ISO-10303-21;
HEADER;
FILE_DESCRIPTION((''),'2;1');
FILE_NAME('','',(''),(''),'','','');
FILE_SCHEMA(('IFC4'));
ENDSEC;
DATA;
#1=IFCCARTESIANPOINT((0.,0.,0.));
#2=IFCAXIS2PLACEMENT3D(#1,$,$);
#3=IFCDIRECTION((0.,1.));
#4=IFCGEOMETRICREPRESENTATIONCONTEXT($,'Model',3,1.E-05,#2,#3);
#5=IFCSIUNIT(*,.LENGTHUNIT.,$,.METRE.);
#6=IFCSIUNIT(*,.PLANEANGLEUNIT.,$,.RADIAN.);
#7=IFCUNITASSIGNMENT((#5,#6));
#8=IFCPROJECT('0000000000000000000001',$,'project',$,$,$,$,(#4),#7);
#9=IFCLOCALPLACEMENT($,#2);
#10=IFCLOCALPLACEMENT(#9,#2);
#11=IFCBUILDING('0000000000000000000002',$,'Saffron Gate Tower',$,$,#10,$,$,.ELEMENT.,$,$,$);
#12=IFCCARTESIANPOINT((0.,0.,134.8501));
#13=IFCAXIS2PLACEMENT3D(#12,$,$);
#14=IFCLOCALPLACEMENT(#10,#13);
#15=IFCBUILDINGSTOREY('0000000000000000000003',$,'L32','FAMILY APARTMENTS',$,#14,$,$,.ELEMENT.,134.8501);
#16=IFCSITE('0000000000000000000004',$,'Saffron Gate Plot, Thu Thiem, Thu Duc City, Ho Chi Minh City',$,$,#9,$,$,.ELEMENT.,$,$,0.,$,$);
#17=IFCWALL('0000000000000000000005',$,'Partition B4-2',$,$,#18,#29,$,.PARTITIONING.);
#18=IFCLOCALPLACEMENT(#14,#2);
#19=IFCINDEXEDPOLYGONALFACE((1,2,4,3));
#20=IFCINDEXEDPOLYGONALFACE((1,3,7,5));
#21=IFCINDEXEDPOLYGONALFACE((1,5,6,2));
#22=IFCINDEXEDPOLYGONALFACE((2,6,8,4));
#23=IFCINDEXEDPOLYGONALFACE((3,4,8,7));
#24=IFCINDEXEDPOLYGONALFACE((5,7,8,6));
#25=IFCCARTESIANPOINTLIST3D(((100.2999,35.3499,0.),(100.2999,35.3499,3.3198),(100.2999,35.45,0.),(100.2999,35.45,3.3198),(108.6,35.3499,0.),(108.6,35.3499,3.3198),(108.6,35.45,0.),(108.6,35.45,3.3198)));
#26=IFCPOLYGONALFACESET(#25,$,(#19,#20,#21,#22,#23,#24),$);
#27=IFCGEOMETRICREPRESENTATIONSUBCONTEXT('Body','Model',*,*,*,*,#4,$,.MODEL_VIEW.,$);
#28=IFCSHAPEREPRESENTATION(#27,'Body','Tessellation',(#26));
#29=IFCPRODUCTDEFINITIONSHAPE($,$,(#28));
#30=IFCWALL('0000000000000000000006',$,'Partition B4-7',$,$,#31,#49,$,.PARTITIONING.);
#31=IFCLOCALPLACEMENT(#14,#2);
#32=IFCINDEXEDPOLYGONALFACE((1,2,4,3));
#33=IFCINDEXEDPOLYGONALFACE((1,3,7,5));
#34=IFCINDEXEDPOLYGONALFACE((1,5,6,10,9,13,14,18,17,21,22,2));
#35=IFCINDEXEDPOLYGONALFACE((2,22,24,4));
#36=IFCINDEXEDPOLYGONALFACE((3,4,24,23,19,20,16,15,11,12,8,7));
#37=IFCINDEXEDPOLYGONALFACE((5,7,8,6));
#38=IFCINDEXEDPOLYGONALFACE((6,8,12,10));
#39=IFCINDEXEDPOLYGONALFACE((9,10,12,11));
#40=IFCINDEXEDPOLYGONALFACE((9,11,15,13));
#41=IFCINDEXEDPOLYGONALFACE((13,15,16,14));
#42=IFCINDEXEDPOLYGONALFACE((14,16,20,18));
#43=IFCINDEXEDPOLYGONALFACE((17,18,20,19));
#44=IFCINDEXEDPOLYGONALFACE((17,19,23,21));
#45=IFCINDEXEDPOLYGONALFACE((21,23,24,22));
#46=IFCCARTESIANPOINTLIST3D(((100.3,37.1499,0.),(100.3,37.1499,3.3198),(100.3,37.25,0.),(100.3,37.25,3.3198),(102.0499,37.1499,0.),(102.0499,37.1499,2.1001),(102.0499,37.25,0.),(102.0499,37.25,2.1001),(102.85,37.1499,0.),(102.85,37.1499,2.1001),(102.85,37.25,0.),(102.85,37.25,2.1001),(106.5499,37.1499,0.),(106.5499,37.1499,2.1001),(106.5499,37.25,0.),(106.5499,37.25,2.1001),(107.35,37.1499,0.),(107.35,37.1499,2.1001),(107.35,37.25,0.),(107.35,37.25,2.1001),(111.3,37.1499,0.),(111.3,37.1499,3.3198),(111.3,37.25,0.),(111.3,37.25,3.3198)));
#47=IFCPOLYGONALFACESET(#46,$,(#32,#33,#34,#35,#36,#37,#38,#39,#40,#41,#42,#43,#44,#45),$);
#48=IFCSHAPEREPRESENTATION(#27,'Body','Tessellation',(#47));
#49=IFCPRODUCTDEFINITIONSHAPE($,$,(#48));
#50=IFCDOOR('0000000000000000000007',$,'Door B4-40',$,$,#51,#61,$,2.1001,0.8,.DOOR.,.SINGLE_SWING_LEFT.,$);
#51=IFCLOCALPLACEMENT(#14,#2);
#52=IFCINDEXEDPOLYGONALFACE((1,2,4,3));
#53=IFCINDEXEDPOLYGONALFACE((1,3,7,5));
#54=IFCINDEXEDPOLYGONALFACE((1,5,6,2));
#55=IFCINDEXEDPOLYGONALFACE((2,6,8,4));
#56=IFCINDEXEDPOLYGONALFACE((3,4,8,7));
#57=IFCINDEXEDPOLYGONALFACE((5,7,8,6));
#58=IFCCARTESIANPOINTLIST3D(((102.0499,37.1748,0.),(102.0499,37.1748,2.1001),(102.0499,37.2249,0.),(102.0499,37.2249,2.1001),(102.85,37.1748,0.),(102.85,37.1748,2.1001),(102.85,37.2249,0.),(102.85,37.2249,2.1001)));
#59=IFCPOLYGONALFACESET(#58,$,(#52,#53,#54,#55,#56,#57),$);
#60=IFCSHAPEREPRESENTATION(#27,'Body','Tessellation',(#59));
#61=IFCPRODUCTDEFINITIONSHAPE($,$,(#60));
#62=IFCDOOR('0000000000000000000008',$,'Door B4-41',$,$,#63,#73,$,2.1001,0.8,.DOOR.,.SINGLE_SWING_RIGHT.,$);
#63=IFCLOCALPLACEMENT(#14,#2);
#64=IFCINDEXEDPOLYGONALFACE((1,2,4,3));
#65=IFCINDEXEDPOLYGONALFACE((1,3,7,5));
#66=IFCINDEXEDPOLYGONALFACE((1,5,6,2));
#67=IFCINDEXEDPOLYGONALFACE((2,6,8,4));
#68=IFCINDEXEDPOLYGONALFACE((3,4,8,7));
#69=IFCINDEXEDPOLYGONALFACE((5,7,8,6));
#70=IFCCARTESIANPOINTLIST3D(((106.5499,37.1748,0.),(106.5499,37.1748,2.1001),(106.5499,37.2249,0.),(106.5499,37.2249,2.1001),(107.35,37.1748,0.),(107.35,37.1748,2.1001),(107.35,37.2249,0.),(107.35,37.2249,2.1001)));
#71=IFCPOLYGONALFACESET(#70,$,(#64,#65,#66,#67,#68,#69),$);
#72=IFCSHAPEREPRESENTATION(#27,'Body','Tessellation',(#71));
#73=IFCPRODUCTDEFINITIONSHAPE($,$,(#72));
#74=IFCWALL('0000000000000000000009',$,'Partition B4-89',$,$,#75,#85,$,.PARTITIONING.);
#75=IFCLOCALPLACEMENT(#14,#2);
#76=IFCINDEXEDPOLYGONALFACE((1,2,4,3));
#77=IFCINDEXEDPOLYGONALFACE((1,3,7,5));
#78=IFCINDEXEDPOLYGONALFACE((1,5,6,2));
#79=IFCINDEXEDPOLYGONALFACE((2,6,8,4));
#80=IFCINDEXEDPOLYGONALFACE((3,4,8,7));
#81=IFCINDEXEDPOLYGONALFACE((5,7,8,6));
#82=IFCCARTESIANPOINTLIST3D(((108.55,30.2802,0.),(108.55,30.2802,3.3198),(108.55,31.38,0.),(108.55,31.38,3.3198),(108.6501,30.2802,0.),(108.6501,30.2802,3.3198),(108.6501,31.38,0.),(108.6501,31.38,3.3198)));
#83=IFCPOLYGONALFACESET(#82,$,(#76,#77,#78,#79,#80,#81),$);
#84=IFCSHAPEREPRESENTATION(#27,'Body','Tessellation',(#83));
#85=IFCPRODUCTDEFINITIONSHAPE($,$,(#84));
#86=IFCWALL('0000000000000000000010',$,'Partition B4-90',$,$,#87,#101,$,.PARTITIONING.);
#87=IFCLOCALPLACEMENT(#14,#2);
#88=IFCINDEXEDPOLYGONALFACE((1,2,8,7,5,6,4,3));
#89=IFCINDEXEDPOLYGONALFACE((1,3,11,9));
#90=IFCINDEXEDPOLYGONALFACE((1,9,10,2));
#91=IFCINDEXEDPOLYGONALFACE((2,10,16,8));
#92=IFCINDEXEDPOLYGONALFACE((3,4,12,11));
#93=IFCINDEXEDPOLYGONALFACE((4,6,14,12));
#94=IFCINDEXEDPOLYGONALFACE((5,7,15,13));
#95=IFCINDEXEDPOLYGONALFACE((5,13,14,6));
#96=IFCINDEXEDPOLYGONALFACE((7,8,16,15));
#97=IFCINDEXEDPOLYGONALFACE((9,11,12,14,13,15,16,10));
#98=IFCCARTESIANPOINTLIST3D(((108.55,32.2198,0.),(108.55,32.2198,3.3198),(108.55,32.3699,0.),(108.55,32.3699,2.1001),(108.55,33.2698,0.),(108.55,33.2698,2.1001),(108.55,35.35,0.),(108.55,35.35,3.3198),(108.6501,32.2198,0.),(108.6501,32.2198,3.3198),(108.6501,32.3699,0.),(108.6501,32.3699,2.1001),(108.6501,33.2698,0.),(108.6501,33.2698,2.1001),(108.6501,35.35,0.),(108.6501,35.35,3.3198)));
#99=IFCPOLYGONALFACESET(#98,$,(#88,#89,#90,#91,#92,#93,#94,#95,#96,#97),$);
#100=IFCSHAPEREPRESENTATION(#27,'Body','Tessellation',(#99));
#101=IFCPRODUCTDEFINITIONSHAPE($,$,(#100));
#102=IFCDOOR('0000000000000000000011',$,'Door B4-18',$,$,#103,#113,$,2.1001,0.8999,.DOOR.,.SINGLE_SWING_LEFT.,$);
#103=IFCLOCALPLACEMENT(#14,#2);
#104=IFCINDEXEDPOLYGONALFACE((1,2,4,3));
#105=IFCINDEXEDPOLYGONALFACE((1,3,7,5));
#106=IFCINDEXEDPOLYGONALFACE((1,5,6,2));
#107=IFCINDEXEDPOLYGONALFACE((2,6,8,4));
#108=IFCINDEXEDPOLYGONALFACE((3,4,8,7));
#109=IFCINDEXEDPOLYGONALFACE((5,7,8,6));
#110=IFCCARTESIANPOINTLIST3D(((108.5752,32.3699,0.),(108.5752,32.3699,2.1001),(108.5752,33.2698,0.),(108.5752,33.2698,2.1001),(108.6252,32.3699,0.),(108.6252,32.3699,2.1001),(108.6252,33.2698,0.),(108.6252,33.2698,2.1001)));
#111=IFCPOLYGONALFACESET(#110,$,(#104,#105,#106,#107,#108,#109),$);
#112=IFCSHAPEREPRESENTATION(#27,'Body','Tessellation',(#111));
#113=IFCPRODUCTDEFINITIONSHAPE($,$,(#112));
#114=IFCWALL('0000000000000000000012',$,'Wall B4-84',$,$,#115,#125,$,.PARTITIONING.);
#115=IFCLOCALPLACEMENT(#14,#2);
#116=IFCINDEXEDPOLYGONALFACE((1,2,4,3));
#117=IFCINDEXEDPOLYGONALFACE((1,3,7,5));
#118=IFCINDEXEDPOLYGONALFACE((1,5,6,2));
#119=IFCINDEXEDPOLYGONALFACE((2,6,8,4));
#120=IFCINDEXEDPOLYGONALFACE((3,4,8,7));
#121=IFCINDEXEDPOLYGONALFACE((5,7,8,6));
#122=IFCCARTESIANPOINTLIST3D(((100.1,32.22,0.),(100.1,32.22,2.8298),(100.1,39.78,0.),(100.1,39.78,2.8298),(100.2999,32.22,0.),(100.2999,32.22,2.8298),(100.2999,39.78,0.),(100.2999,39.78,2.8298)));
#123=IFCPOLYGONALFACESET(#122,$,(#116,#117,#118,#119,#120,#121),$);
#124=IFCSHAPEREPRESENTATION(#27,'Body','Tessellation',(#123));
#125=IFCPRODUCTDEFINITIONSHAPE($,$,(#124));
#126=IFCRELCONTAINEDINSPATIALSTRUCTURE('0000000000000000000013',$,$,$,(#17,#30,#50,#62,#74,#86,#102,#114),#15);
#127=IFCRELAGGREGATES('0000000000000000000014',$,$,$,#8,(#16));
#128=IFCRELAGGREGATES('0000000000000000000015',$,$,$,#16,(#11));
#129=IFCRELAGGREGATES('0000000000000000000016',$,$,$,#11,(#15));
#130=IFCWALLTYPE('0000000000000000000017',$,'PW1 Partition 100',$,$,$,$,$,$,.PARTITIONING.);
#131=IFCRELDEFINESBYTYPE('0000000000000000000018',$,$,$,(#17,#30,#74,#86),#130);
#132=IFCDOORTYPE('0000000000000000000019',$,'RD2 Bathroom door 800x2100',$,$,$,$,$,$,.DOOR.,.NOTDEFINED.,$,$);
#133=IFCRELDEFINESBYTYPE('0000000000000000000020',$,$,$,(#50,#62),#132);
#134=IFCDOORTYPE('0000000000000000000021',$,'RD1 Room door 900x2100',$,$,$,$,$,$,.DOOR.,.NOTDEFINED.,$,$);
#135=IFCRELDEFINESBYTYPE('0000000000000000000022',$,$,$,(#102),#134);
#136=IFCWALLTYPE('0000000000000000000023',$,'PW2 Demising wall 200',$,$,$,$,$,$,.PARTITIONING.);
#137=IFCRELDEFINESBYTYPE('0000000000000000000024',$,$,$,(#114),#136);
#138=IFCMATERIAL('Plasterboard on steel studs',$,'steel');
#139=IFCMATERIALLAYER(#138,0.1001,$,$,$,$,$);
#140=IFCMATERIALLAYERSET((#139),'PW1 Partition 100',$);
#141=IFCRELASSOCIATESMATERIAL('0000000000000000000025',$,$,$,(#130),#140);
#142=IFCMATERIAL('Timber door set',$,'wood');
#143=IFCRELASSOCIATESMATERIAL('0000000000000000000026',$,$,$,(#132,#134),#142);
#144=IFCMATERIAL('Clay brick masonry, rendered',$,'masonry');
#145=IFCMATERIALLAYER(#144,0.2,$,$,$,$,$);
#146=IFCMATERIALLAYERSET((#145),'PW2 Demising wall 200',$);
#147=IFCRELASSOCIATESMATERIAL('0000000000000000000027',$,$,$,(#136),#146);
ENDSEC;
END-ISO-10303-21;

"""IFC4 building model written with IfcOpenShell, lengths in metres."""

from ifc_helpers import new_model, si_unit, direction, frame, frame_2d, origin, place, context, subcontext, project, spatial, rectangle, extrude, material, layer, layer_set, type_object, element, fill, save


model = new_model("IFC4")

# Units and contexts
model_context = context("Model", 3, precision=1e-05, world=origin(), true_north=direction((0.0, 1.0)))
body_context = subcontext(model_context, "Body", "Model", "MODEL_VIEW")
ifc_project = project(units=[si_unit("LENGTHUNIT", "METRE"), si_unit("PLANEANGLEUNIT", "RADIAN")], contexts=[model_context])

# Site, building, storey
site_placement = place(None, origin())
site = spatial("IfcSite", under=ifc_project, at=site_placement, Name="Saffron Gate Plot, Thu Thiem, Thu Duc City, Ho Chi Minh City", CompositionType="ELEMENT", RefElevation=0.0)
building_placement = place(site_placement, origin())
building = spatial("IfcBuilding", under=site, at=building_placement, Name="Saffron Gate Tower", CompositionType="ELEMENT")
storey_placement = place(building_placement, frame((0.0, 0.0, 134.8501)))
storey = spatial("IfcBuildingStorey", under=building, at=storey_placement, Name="L32", Description="FAMILY APARTMENTS", CompositionType="ELEMENT", Elevation=134.8501)

# Wall
ifc_material_1 = material(Name="Plasterboard on steel studs", Category="steel")
ifc_layer_1 = layer(ifc_material_1, 0.1001)
ifc_layer_set_1 = layer_set([ifc_layer_1], Name="PW1 Partition 100")
wall_type_1 = type_object("IfcWallType", Name="PW1 Partition 100", PredefinedType="PARTITIONING", material=ifc_layer_set_1)
wall_1_placement = place(storey_placement, frame((100.3, 35.3999, 0.0), z_axis=(0.0, 0.0, 1.0), x_axis=(1.0, 0.0, 0.0)))
element("IfcWall", 1, at=wall_1_placement, inside=storey, type_object=wall_type_1, Name="Partition B4-2", PredefinedType="PARTITIONING", context=body_context, shape_type="SweptSolid", body=[
    extrude(rectangle(XDim=8.3, YDim=0.1001, at=frame_2d((4.1499, 0.0))), origin(), (0.0, 0.0, 1.0), 3.3198),
])

# Wall, openings, doors
wall_2_placement = place(storey_placement, frame((100.3, 37.2, 0.0), z_axis=(0.0, 0.0, 1.0), x_axis=(1.0, 0.0, 0.0)))
wall_2 = element("IfcWall", 2, at=wall_2_placement, inside=storey, type_object=wall_type_1, Name="Partition B4-7", PredefinedType="PARTITIONING", context=body_context, shape_type="SweptSolid", body=[
    extrude(rectangle(XDim=11.0, YDim=0.1001, at=frame_2d((5.5, 0.0))), origin(), (0.0, 0.0, 1.0), 3.3198),
])
opening_1_placement = place(wall_2_placement, frame((1.75, 0.0, 0.0)))
opening_1 = element("IfcOpeningElement", 3, at=opening_1_placement, cuts=wall_2, PredefinedType="OPENING", context=body_context, shape_type="SweptSolid", body=[
    extrude(rectangle(XDim=0.8, YDim=2.1001, at=frame_2d((0.3999, 1.05))), frame((0.0, 0.0601, 0.0), z_axis=(0.0, -1.0, 0.0), x_axis=(1.0, 0.0, 0.0)), (0.0, 0.0, 1.0), 0.1201),
])
opening_2_placement = place(wall_2_placement, frame((6.25, 0.0, 0.0)))
opening_2 = element("IfcOpeningElement", 4, at=opening_2_placement, cuts=wall_2, PredefinedType="OPENING", context=body_context, shape_type="SweptSolid", body=[
    extrude(rectangle(XDim=0.8, YDim=2.1001, at=frame_2d((0.3999, 1.05))), frame((0.0, 0.0601, 0.0), z_axis=(0.0, -1.0, 0.0), x_axis=(1.0, 0.0, 0.0)), (0.0, 0.0, 1.0), 0.1201),
])
ifc_material_2 = material(Name="Timber door set", Category="wood")
door_type_1 = type_object("IfcDoorType", Name="RD2 Bathroom door 800x2100", OperationType="NOTDEFINED", PredefinedType="DOOR", material=ifc_material_2)
door_1_placement = place(opening_1_placement, origin())
door_1 = element("IfcDoor", 5, at=door_1_placement, inside=storey, type_object=door_type_1, Name="Door B4-40", OperationType="SINGLE_SWING_LEFT", OverallHeight=2.1001, OverallWidth=0.8, PredefinedType="DOOR", context=body_context, shape_type="SweptSolid", body=[
    extrude(rectangle(XDim=0.8, YDim=2.1001, at=frame_2d((0.3999, 1.05))), frame((0.0, 0.0249, 0.0), z_axis=(0.0, -1.0, 0.0), x_axis=(1.0, 0.0, 0.0)), (0.0, 0.0, 1.0), 0.05),
])
fill(opening_1, door_1)
door_2_placement = place(opening_2_placement, origin())
door_2 = element("IfcDoor", 6, at=door_2_placement, inside=storey, type_object=door_type_1, Name="Door B4-41", OperationType="SINGLE_SWING_RIGHT", OverallHeight=2.1001, OverallWidth=0.8, PredefinedType="DOOR", context=body_context, shape_type="SweptSolid", body=[
    extrude(rectangle(XDim=0.8, YDim=2.1001, at=frame_2d((0.3999, 1.05))), frame((0.0, 0.0249, 0.0), z_axis=(0.0, -1.0, 0.0), x_axis=(1.0, 0.0, 0.0)), (0.0, 0.0, 1.0), 0.05),
])
fill(opening_2, door_2)

# Wall
wall_3_placement = place(storey_placement, frame((108.6001, 31.3799, 0.0), z_axis=(0.0, 0.0, 1.0), x_axis=(0.0, -1.0, 0.0)))
element("IfcWall", 7, at=wall_3_placement, inside=storey, type_object=wall_type_1, Name="Partition B4-89", PredefinedType="PARTITIONING", context=body_context, shape_type="SweptSolid", body=[
    extrude(rectangle(XDim=1.0999, YDim=0.1001, at=frame_2d((0.5498, 0.0))), origin(), (0.0, 0.0, 1.0), 3.3198),
])

# Wall, opening, door
wall_4_placement = place(storey_placement, frame((108.6001, 32.22, 0.0), z_axis=(0.0, 0.0, 1.0), x_axis=(0.0, 1.0, 0.0)))
wall_4 = element("IfcWall", 8, at=wall_4_placement, inside=storey, type_object=wall_type_1, Name="Partition B4-90", PredefinedType="PARTITIONING", context=body_context, shape_type="SweptSolid", body=[
    extrude(rectangle(XDim=3.1301, YDim=0.1001, at=frame_2d((1.5649, 0.0))), origin(), (0.0, 0.0, 1.0), 3.3198),
])
opening_3_placement = place(wall_4_placement, frame((0.1499, 0.0, 0.0)))
opening_3 = element("IfcOpeningElement", 9, at=opening_3_placement, cuts=wall_4, PredefinedType="OPENING", context=body_context, shape_type="SweptSolid", body=[
    extrude(rectangle(XDim=0.8999, YDim=2.1001, at=frame_2d((0.45, 1.05))), frame((0.0, 0.0601, 0.0), z_axis=(0.0, -1.0, 0.0), x_axis=(1.0, 0.0, 0.0)), (0.0, 0.0, 1.0), 0.1201),
])
door_type_2 = type_object("IfcDoorType", Name="RD1 Room door 900x2100", OperationType="NOTDEFINED", PredefinedType="DOOR", material=ifc_material_2)
door_3_placement = place(opening_3_placement, origin())
door_3 = element("IfcDoor", 10, at=door_3_placement, inside=storey, type_object=door_type_2, Name="Door B4-18", OperationType="SINGLE_SWING_LEFT", OverallHeight=2.1001, OverallWidth=0.8999, PredefinedType="DOOR", context=body_context, shape_type="SweptSolid", body=[
    extrude(rectangle(XDim=0.8999, YDim=2.1001, at=frame_2d((0.45, 1.05))), frame((0.0, 0.0249, 0.0), z_axis=(0.0, -1.0, 0.0), x_axis=(1.0, 0.0, 0.0)), (0.0, 0.0, 1.0), 0.05),
])
fill(opening_3, door_3)

# Wall
ifc_material_3 = material(Name="Clay brick masonry, rendered", Category="masonry")
ifc_layer_2 = layer(ifc_material_3, 0.2)
ifc_layer_set_2 = layer_set([ifc_layer_2], Name="PW2 Demising wall 200")
wall_type_2 = type_object("IfcWallType", Name="PW2 Demising wall 200", PredefinedType="PARTITIONING", material=ifc_layer_set_2)
wall_5_placement = place(storey_placement, frame((100.2, 39.78, 0.0), z_axis=(0.0, 0.0, 1.0), x_axis=(0.0, -1.0, 0.0)))
element("IfcWall", 11, at=wall_5_placement, inside=storey, type_object=wall_type_2, Name="Wall B4-84", PredefinedType="PARTITIONING", context=body_context, shape_type="SweptSolid", body=[
    extrude(rectangle(XDim=7.5601, YDim=0.2, at=frame_2d((3.78, 0.0))), origin(), (0.0, 0.0, 1.0), 2.8298),
])

save(model, "model.ifc")
